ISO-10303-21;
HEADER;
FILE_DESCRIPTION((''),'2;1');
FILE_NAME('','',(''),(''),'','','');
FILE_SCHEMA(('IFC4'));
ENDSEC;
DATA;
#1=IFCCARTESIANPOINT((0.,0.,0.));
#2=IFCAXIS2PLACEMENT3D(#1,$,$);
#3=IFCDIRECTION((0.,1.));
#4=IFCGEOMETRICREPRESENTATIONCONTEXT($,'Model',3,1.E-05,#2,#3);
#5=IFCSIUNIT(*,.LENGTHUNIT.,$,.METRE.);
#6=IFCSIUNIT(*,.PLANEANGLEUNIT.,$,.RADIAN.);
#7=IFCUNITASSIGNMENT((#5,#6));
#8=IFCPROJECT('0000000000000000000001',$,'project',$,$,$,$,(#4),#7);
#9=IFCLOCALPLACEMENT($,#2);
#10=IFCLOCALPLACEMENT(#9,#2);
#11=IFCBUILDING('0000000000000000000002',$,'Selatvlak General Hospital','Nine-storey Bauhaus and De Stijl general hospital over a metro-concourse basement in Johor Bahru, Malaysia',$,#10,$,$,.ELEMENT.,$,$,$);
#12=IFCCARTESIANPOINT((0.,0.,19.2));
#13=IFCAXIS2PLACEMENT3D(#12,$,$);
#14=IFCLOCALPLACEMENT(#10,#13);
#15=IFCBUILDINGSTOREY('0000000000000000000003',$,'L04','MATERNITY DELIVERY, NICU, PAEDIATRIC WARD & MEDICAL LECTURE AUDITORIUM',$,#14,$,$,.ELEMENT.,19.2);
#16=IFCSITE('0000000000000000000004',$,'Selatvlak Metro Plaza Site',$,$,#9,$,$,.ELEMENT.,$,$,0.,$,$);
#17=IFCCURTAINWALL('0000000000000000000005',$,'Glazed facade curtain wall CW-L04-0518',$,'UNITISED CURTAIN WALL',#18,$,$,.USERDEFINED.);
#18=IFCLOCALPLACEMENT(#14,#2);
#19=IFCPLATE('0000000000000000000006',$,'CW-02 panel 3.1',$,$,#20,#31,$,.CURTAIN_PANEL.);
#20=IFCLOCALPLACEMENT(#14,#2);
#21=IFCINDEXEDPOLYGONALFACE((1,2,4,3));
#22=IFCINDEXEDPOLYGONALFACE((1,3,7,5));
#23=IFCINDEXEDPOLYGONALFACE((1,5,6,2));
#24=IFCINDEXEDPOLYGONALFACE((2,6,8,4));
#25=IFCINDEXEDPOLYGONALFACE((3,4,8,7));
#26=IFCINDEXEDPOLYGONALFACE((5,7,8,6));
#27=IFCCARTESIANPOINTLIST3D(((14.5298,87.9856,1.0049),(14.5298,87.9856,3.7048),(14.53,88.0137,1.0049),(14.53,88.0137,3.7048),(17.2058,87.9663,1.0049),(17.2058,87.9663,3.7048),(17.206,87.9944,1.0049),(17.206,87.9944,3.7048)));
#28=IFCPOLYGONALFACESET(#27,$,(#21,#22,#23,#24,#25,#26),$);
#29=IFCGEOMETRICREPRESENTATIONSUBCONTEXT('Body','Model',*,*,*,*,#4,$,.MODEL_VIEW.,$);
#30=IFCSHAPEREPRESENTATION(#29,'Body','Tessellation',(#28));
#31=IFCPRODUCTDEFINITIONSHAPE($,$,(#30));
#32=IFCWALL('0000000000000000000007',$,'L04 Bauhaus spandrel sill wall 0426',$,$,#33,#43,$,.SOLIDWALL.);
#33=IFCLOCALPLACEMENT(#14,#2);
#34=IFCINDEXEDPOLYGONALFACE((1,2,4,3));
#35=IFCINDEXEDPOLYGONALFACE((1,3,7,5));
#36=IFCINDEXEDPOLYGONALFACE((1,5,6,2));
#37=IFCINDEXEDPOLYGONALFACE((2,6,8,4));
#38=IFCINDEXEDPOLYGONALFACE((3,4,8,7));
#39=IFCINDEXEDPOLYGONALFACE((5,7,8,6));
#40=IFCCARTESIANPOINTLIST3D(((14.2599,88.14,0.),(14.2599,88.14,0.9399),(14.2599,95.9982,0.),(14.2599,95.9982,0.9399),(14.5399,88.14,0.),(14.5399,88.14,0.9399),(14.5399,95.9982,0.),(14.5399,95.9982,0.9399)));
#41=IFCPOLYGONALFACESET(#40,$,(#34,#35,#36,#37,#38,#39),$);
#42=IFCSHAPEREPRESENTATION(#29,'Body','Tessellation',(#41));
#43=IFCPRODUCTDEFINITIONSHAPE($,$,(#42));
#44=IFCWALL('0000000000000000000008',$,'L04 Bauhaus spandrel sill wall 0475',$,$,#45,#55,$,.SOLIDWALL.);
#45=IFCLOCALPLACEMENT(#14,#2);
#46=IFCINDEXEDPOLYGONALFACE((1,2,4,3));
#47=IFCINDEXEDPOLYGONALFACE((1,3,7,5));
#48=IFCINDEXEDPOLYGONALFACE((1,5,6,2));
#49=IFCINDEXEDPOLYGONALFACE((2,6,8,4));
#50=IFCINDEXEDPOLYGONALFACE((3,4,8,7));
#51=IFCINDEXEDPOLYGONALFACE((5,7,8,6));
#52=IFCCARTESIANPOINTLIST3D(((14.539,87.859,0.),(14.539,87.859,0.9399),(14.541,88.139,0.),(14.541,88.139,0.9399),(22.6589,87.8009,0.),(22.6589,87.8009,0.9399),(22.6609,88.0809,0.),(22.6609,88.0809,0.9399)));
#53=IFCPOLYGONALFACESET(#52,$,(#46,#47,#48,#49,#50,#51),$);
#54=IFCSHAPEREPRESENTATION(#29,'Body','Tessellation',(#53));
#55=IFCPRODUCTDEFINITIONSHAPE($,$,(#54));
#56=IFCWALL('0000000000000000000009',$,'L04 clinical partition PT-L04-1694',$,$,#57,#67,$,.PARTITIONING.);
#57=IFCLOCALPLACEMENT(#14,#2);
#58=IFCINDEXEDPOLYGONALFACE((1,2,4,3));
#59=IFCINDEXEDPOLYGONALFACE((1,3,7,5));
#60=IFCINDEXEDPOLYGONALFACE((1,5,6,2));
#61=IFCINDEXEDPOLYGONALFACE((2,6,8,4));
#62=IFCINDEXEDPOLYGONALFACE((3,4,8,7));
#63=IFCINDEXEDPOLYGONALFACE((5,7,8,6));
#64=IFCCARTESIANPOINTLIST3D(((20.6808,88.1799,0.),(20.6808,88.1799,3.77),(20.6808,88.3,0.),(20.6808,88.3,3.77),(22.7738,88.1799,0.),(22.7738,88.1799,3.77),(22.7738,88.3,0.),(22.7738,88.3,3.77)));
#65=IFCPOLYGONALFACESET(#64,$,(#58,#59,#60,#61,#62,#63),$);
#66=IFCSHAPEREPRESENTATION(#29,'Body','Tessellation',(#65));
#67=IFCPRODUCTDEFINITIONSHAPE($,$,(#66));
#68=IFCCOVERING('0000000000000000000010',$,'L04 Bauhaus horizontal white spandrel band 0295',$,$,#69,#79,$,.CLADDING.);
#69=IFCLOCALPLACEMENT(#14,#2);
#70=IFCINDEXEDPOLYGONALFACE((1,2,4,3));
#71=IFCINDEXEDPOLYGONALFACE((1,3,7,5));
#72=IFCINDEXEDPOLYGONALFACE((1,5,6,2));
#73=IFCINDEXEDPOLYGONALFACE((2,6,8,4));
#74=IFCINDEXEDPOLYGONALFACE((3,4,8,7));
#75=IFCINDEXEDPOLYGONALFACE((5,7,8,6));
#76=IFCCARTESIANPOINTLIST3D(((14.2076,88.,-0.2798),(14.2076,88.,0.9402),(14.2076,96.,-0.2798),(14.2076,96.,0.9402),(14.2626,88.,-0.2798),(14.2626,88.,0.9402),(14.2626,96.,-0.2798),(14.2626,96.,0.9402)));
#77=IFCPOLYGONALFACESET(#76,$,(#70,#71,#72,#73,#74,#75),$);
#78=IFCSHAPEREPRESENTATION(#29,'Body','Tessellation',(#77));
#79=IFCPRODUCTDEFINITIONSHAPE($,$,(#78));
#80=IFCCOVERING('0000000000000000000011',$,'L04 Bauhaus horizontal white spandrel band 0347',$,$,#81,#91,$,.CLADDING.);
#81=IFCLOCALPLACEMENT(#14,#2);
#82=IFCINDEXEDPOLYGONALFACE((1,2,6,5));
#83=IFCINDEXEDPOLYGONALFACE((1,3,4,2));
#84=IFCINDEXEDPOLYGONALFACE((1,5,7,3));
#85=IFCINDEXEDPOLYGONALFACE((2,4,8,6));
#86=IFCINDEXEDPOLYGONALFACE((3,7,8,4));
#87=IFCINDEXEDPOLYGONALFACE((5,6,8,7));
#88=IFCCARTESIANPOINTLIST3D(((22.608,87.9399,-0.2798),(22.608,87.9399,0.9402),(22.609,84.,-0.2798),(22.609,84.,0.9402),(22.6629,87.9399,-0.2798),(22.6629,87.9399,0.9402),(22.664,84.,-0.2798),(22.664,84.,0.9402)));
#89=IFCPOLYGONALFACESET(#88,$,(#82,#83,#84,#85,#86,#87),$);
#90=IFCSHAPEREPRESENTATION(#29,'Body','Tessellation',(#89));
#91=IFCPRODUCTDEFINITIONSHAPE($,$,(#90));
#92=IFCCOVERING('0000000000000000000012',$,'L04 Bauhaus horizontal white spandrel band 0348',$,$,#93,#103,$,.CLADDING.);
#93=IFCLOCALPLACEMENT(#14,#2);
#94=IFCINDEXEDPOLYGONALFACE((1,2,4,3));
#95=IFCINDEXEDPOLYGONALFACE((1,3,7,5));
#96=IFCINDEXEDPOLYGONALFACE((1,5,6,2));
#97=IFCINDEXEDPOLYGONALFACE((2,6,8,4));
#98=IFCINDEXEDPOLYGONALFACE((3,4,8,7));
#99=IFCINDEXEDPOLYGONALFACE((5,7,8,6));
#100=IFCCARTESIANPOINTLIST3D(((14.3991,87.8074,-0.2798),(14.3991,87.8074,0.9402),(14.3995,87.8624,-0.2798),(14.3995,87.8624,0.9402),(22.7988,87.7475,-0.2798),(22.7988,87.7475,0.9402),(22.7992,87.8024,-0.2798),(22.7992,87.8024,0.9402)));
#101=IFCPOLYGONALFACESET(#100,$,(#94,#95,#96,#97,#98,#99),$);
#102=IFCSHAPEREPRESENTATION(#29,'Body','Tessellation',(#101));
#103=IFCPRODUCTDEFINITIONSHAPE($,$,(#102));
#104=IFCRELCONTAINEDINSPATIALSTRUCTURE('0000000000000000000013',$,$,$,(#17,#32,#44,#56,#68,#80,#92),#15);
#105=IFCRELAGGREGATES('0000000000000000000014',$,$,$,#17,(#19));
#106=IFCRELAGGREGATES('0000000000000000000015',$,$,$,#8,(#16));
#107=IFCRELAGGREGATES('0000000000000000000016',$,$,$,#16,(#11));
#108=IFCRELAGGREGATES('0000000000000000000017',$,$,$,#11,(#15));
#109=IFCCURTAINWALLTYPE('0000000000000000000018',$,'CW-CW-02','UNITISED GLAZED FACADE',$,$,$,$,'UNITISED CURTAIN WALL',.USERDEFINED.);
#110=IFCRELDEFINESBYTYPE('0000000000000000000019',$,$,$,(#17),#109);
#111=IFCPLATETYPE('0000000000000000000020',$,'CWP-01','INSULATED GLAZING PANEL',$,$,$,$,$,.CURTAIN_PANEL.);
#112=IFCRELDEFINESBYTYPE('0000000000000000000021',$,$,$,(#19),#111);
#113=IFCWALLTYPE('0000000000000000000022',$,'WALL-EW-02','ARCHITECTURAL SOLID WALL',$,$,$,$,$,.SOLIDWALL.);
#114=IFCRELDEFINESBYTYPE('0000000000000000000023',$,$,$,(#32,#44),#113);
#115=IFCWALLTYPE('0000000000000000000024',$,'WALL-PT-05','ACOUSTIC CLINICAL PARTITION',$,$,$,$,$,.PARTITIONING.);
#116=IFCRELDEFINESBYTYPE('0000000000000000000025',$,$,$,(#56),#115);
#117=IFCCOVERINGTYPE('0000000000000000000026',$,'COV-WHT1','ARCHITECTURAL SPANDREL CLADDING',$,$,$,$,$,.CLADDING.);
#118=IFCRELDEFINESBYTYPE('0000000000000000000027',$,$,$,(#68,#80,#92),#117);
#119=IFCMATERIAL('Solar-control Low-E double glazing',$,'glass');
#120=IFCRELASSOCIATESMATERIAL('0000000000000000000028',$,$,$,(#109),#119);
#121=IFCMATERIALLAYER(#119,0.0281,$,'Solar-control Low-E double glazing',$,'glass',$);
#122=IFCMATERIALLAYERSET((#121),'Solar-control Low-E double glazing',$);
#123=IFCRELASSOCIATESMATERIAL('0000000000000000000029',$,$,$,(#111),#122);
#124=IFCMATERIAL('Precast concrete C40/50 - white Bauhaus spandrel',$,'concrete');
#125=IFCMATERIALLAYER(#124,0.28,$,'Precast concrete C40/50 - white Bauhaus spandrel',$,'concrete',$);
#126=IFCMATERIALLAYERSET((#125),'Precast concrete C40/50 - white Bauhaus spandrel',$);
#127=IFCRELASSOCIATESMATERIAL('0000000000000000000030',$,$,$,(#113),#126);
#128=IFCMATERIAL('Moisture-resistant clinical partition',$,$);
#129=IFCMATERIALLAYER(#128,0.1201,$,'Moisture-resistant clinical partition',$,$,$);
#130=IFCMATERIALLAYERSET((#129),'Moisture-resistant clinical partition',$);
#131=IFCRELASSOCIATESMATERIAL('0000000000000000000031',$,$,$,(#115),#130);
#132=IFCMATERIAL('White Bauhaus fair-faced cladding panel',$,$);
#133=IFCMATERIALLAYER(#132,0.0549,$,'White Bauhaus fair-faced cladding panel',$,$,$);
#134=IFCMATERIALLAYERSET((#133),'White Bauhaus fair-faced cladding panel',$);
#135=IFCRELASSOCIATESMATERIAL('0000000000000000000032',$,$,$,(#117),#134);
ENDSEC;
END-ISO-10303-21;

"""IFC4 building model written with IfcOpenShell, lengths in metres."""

from ifc_helpers import new_model, si_unit, direction, frame, frame_2d, origin, origin_2d, place, context, subcontext, project, spatial, rectangle, extrude, material, layer, layer_set, type_object, element, aggregate, save


model = new_model("IFC4")

# Units and contexts
model_context = context("Model", 3, precision=1e-05, world=origin(), true_north=direction((0.0, 1.0)))
body_context = subcontext(model_context, "Body", "Model", "MODEL_VIEW")
ifc_project = project(units=[si_unit("LENGTHUNIT", "METRE"), si_unit("PLANEANGLEUNIT", "RADIAN")], contexts=[model_context])

# Site, building, storey
site_placement = place(None, origin())
site = spatial("IfcSite", under=ifc_project, at=site_placement, Name="Selatvlak Metro Plaza Site", CompositionType="ELEMENT", RefElevation=0.0)
building_placement = place(site_placement, origin())
building = spatial("IfcBuilding", under=site, at=building_placement, Name="Selatvlak General Hospital", Description="Nine-storey Bauhaus and De Stijl general hospital over a metro-concourse basement in Johor Bahru, Malaysia", CompositionType="ELEMENT")
storey_placement = place(building_placement, frame((0.0, 0.0, 19.2)))
storey = spatial("IfcBuildingStorey", under=building, at=storey_placement, Name="L04", Description="MATERNITY DELIVERY, NICU, PAEDIATRIC WARD & MEDICAL LECTURE AUDITORIUM", CompositionType="ELEMENT", Elevation=19.2)

# Curtain wall
ifc_material_1 = material(Name="Solar-control Low-E double glazing", Category="glass")
curtain_wall_type = type_object("IfcCurtainWallType", Name="CW-CW-02", Description="UNITISED GLAZED FACADE", ElementType="UNITISED CURTAIN WALL", PredefinedType="USERDEFINED", material=ifc_material_1)
curtain_wall_1_placement = place(storey_placement, origin())
curtain_wall_1 = element("IfcCurtainWall", 1, at=curtain_wall_1_placement, inside=storey, type_object=curtain_wall_type, Name="Glazed facade curtain wall CW-L04-0518", ObjectType="UNITISED CURTAIN WALL", PredefinedType="USERDEFINED")

# Plate
ifc_layer_1 = layer(ifc_material_1, 0.0281, Name="Solar-control Low-E double glazing", Category="glass")
ifc_layer_set_1 = layer_set([ifc_layer_1], Name="Solar-control Low-E double glazing")
plate_type = type_object("IfcPlateType", Name="CWP-01", Description="INSULATED GLAZING PANEL", PredefinedType="CURTAIN_PANEL", material=ifc_layer_set_1)
plate_1_placement = place(storey_placement, frame((15.8679, 87.99, 1.0049), z_axis=(0.0, 0.0, 1.0), x_axis=(-0.999974, 0.007211, 0.0)))
plate_1 = element("IfcPlate", 2, at=plate_1_placement, type_object=plate_type, Name="CW-02 panel 3.1", PredefinedType="CURTAIN_PANEL", context=body_context, shape_type="SweptSolid", body=[
    extrude(rectangle(XDim=2.676, YDim=0.0281, at=origin_2d()), origin(), (0.0, 0.0, 1.0), 2.7),
])
aggregate(curtain_wall_1, [plate_1])

# Walls
ifc_material_2 = material(Name="Precast concrete C40/50 - white Bauhaus spandrel", Category="concrete")
ifc_layer_2 = layer(ifc_material_2, 0.28, Name="Precast concrete C40/50 - white Bauhaus spandrel", Category="concrete")
ifc_layer_set_2 = layer_set([ifc_layer_2], Name="Precast concrete C40/50 - white Bauhaus spandrel")
wall_type_1 = type_object("IfcWallType", Name="WALL-EW-02", Description="ARCHITECTURAL SOLID WALL", PredefinedType="SOLIDWALL", material=ifc_layer_set_2)
wall_1_placement = place(storey_placement, frame((14.3999, 88.1399, 0.0), z_axis=(0.0, 0.0, 1.0), x_axis=(0.0, 1.0, 0.0)))
element("IfcWall", 3, at=wall_1_placement, inside=storey, type_object=wall_type_1, Name="L04 Bauhaus spandrel sill wall 0426", PredefinedType="SOLIDWALL", context=body_context, shape_type="SweptSolid", body=[
    extrude(rectangle(XDim=7.8582, YDim=0.28, at=frame_2d((3.9292, 0.0))), origin(), (0.0, 0.0, 1.0), 0.9399),
])
wall_2_placement = place(storey_placement, frame((22.6599, 87.9409, 0.0), z_axis=(0.0, 0.0, 1.0), x_axis=(-0.999974, 0.007156, 0.0)))
element("IfcWall", 4, at=wall_2_placement, inside=storey, type_object=wall_type_1, Name="L04 Bauhaus spandrel sill wall 0475", PredefinedType="SOLIDWALL", context=body_context, shape_type="SweptSolid", body=[
    extrude(rectangle(XDim=8.1201, YDim=0.28, at=frame_2d((4.0601, 0.0))), origin(), (0.0, 0.0, 1.0), 0.9399),
])
ifc_material_3 = material(Name="Moisture-resistant clinical partition")
ifc_layer_3 = layer(ifc_material_3, 0.1201, Name="Moisture-resistant clinical partition")
ifc_layer_set_3 = layer_set([ifc_layer_3], Name="Moisture-resistant clinical partition")
wall_type_2 = type_object("IfcWallType", Name="WALL-PT-05", Description="ACOUSTIC CLINICAL PARTITION", PredefinedType="PARTITIONING", material=ifc_layer_set_3)
wall_3_placement = place(storey_placement, frame((20.6809, 88.24, 0.0), z_axis=(0.0, 0.0, 1.0), x_axis=(1.0, 0.0, 0.0)))
element("IfcWall", 5, at=wall_3_placement, inside=storey, type_object=wall_type_2, Name="L04 clinical partition PT-L04-1694", PredefinedType="PARTITIONING", context=body_context, shape_type="SweptSolid", body=[
    extrude(rectangle(XDim=2.093, YDim=0.1201, at=frame_2d((1.0464, 0.0))), origin(), (0.0, 0.0, 1.0), 3.77),
])

# Coverings
ifc_material_4 = material(Name="White Bauhaus fair-faced cladding panel")
ifc_layer_4 = layer(ifc_material_4, 0.0549, Name="White Bauhaus fair-faced cladding panel")
ifc_layer_set_4 = layer_set([ifc_layer_4], Name="White Bauhaus fair-faced cladding panel")
covering_type = type_object("IfcCoveringType", Name="COV-WHT1", Description="ARCHITECTURAL SPANDREL CLADDING", PredefinedType="CLADDING", material=ifc_layer_set_4)
covering_1_placement = place(storey_placement, frame((14.2351, 92.0, -0.2798), z_axis=(0.0, 0.0, 1.0), x_axis=(0.0, 1.0, 0.0)))
element("IfcCovering", 6, at=covering_1_placement, inside=storey, type_object=covering_type, Name="L04 Bauhaus horizontal white spandrel band 0295", PredefinedType="CLADDING", context=body_context, shape_type="SweptSolid", body=[
    extrude(rectangle(XDim=8.0, YDim=0.0549, at=origin_2d()), origin(), (0.0, 0.0, 1.0), 1.22),
])
covering_2_placement = place(storey_placement, frame((22.636, 85.97, -0.2798), z_axis=(0.0, 0.0, 1.0), x_axis=(-0.000262, 1.0, 0.0)))
element("IfcCovering", 7, at=covering_2_placement, inside=storey, type_object=covering_type, Name="L04 Bauhaus horizontal white spandrel band 0347", PredefinedType="CLADDING", context=body_context, shape_type="SweptSolid", body=[
    extrude(rectangle(XDim=3.9399, YDim=0.0549, at=origin_2d()), origin(), (0.0, 0.0, 1.0), 1.22),
])
covering_3_placement = place(storey_placement, frame((18.5991, 87.8049, -0.2798), z_axis=(0.0, 0.0, 1.0), x_axis=(-0.999975, 0.007138, 0.0)))
element("IfcCovering", 8, at=covering_3_placement, inside=storey, type_object=covering_type, Name="L04 Bauhaus horizontal white spandrel band 0348", PredefinedType="CLADDING", context=body_context, shape_type="SweptSolid", body=[
    extrude(rectangle(XDim=8.3999, YDim=0.0549, at=origin_2d()), origin(), (0.0, 0.0, 1.0), 1.22),
])

save(model, "model.ifc")
